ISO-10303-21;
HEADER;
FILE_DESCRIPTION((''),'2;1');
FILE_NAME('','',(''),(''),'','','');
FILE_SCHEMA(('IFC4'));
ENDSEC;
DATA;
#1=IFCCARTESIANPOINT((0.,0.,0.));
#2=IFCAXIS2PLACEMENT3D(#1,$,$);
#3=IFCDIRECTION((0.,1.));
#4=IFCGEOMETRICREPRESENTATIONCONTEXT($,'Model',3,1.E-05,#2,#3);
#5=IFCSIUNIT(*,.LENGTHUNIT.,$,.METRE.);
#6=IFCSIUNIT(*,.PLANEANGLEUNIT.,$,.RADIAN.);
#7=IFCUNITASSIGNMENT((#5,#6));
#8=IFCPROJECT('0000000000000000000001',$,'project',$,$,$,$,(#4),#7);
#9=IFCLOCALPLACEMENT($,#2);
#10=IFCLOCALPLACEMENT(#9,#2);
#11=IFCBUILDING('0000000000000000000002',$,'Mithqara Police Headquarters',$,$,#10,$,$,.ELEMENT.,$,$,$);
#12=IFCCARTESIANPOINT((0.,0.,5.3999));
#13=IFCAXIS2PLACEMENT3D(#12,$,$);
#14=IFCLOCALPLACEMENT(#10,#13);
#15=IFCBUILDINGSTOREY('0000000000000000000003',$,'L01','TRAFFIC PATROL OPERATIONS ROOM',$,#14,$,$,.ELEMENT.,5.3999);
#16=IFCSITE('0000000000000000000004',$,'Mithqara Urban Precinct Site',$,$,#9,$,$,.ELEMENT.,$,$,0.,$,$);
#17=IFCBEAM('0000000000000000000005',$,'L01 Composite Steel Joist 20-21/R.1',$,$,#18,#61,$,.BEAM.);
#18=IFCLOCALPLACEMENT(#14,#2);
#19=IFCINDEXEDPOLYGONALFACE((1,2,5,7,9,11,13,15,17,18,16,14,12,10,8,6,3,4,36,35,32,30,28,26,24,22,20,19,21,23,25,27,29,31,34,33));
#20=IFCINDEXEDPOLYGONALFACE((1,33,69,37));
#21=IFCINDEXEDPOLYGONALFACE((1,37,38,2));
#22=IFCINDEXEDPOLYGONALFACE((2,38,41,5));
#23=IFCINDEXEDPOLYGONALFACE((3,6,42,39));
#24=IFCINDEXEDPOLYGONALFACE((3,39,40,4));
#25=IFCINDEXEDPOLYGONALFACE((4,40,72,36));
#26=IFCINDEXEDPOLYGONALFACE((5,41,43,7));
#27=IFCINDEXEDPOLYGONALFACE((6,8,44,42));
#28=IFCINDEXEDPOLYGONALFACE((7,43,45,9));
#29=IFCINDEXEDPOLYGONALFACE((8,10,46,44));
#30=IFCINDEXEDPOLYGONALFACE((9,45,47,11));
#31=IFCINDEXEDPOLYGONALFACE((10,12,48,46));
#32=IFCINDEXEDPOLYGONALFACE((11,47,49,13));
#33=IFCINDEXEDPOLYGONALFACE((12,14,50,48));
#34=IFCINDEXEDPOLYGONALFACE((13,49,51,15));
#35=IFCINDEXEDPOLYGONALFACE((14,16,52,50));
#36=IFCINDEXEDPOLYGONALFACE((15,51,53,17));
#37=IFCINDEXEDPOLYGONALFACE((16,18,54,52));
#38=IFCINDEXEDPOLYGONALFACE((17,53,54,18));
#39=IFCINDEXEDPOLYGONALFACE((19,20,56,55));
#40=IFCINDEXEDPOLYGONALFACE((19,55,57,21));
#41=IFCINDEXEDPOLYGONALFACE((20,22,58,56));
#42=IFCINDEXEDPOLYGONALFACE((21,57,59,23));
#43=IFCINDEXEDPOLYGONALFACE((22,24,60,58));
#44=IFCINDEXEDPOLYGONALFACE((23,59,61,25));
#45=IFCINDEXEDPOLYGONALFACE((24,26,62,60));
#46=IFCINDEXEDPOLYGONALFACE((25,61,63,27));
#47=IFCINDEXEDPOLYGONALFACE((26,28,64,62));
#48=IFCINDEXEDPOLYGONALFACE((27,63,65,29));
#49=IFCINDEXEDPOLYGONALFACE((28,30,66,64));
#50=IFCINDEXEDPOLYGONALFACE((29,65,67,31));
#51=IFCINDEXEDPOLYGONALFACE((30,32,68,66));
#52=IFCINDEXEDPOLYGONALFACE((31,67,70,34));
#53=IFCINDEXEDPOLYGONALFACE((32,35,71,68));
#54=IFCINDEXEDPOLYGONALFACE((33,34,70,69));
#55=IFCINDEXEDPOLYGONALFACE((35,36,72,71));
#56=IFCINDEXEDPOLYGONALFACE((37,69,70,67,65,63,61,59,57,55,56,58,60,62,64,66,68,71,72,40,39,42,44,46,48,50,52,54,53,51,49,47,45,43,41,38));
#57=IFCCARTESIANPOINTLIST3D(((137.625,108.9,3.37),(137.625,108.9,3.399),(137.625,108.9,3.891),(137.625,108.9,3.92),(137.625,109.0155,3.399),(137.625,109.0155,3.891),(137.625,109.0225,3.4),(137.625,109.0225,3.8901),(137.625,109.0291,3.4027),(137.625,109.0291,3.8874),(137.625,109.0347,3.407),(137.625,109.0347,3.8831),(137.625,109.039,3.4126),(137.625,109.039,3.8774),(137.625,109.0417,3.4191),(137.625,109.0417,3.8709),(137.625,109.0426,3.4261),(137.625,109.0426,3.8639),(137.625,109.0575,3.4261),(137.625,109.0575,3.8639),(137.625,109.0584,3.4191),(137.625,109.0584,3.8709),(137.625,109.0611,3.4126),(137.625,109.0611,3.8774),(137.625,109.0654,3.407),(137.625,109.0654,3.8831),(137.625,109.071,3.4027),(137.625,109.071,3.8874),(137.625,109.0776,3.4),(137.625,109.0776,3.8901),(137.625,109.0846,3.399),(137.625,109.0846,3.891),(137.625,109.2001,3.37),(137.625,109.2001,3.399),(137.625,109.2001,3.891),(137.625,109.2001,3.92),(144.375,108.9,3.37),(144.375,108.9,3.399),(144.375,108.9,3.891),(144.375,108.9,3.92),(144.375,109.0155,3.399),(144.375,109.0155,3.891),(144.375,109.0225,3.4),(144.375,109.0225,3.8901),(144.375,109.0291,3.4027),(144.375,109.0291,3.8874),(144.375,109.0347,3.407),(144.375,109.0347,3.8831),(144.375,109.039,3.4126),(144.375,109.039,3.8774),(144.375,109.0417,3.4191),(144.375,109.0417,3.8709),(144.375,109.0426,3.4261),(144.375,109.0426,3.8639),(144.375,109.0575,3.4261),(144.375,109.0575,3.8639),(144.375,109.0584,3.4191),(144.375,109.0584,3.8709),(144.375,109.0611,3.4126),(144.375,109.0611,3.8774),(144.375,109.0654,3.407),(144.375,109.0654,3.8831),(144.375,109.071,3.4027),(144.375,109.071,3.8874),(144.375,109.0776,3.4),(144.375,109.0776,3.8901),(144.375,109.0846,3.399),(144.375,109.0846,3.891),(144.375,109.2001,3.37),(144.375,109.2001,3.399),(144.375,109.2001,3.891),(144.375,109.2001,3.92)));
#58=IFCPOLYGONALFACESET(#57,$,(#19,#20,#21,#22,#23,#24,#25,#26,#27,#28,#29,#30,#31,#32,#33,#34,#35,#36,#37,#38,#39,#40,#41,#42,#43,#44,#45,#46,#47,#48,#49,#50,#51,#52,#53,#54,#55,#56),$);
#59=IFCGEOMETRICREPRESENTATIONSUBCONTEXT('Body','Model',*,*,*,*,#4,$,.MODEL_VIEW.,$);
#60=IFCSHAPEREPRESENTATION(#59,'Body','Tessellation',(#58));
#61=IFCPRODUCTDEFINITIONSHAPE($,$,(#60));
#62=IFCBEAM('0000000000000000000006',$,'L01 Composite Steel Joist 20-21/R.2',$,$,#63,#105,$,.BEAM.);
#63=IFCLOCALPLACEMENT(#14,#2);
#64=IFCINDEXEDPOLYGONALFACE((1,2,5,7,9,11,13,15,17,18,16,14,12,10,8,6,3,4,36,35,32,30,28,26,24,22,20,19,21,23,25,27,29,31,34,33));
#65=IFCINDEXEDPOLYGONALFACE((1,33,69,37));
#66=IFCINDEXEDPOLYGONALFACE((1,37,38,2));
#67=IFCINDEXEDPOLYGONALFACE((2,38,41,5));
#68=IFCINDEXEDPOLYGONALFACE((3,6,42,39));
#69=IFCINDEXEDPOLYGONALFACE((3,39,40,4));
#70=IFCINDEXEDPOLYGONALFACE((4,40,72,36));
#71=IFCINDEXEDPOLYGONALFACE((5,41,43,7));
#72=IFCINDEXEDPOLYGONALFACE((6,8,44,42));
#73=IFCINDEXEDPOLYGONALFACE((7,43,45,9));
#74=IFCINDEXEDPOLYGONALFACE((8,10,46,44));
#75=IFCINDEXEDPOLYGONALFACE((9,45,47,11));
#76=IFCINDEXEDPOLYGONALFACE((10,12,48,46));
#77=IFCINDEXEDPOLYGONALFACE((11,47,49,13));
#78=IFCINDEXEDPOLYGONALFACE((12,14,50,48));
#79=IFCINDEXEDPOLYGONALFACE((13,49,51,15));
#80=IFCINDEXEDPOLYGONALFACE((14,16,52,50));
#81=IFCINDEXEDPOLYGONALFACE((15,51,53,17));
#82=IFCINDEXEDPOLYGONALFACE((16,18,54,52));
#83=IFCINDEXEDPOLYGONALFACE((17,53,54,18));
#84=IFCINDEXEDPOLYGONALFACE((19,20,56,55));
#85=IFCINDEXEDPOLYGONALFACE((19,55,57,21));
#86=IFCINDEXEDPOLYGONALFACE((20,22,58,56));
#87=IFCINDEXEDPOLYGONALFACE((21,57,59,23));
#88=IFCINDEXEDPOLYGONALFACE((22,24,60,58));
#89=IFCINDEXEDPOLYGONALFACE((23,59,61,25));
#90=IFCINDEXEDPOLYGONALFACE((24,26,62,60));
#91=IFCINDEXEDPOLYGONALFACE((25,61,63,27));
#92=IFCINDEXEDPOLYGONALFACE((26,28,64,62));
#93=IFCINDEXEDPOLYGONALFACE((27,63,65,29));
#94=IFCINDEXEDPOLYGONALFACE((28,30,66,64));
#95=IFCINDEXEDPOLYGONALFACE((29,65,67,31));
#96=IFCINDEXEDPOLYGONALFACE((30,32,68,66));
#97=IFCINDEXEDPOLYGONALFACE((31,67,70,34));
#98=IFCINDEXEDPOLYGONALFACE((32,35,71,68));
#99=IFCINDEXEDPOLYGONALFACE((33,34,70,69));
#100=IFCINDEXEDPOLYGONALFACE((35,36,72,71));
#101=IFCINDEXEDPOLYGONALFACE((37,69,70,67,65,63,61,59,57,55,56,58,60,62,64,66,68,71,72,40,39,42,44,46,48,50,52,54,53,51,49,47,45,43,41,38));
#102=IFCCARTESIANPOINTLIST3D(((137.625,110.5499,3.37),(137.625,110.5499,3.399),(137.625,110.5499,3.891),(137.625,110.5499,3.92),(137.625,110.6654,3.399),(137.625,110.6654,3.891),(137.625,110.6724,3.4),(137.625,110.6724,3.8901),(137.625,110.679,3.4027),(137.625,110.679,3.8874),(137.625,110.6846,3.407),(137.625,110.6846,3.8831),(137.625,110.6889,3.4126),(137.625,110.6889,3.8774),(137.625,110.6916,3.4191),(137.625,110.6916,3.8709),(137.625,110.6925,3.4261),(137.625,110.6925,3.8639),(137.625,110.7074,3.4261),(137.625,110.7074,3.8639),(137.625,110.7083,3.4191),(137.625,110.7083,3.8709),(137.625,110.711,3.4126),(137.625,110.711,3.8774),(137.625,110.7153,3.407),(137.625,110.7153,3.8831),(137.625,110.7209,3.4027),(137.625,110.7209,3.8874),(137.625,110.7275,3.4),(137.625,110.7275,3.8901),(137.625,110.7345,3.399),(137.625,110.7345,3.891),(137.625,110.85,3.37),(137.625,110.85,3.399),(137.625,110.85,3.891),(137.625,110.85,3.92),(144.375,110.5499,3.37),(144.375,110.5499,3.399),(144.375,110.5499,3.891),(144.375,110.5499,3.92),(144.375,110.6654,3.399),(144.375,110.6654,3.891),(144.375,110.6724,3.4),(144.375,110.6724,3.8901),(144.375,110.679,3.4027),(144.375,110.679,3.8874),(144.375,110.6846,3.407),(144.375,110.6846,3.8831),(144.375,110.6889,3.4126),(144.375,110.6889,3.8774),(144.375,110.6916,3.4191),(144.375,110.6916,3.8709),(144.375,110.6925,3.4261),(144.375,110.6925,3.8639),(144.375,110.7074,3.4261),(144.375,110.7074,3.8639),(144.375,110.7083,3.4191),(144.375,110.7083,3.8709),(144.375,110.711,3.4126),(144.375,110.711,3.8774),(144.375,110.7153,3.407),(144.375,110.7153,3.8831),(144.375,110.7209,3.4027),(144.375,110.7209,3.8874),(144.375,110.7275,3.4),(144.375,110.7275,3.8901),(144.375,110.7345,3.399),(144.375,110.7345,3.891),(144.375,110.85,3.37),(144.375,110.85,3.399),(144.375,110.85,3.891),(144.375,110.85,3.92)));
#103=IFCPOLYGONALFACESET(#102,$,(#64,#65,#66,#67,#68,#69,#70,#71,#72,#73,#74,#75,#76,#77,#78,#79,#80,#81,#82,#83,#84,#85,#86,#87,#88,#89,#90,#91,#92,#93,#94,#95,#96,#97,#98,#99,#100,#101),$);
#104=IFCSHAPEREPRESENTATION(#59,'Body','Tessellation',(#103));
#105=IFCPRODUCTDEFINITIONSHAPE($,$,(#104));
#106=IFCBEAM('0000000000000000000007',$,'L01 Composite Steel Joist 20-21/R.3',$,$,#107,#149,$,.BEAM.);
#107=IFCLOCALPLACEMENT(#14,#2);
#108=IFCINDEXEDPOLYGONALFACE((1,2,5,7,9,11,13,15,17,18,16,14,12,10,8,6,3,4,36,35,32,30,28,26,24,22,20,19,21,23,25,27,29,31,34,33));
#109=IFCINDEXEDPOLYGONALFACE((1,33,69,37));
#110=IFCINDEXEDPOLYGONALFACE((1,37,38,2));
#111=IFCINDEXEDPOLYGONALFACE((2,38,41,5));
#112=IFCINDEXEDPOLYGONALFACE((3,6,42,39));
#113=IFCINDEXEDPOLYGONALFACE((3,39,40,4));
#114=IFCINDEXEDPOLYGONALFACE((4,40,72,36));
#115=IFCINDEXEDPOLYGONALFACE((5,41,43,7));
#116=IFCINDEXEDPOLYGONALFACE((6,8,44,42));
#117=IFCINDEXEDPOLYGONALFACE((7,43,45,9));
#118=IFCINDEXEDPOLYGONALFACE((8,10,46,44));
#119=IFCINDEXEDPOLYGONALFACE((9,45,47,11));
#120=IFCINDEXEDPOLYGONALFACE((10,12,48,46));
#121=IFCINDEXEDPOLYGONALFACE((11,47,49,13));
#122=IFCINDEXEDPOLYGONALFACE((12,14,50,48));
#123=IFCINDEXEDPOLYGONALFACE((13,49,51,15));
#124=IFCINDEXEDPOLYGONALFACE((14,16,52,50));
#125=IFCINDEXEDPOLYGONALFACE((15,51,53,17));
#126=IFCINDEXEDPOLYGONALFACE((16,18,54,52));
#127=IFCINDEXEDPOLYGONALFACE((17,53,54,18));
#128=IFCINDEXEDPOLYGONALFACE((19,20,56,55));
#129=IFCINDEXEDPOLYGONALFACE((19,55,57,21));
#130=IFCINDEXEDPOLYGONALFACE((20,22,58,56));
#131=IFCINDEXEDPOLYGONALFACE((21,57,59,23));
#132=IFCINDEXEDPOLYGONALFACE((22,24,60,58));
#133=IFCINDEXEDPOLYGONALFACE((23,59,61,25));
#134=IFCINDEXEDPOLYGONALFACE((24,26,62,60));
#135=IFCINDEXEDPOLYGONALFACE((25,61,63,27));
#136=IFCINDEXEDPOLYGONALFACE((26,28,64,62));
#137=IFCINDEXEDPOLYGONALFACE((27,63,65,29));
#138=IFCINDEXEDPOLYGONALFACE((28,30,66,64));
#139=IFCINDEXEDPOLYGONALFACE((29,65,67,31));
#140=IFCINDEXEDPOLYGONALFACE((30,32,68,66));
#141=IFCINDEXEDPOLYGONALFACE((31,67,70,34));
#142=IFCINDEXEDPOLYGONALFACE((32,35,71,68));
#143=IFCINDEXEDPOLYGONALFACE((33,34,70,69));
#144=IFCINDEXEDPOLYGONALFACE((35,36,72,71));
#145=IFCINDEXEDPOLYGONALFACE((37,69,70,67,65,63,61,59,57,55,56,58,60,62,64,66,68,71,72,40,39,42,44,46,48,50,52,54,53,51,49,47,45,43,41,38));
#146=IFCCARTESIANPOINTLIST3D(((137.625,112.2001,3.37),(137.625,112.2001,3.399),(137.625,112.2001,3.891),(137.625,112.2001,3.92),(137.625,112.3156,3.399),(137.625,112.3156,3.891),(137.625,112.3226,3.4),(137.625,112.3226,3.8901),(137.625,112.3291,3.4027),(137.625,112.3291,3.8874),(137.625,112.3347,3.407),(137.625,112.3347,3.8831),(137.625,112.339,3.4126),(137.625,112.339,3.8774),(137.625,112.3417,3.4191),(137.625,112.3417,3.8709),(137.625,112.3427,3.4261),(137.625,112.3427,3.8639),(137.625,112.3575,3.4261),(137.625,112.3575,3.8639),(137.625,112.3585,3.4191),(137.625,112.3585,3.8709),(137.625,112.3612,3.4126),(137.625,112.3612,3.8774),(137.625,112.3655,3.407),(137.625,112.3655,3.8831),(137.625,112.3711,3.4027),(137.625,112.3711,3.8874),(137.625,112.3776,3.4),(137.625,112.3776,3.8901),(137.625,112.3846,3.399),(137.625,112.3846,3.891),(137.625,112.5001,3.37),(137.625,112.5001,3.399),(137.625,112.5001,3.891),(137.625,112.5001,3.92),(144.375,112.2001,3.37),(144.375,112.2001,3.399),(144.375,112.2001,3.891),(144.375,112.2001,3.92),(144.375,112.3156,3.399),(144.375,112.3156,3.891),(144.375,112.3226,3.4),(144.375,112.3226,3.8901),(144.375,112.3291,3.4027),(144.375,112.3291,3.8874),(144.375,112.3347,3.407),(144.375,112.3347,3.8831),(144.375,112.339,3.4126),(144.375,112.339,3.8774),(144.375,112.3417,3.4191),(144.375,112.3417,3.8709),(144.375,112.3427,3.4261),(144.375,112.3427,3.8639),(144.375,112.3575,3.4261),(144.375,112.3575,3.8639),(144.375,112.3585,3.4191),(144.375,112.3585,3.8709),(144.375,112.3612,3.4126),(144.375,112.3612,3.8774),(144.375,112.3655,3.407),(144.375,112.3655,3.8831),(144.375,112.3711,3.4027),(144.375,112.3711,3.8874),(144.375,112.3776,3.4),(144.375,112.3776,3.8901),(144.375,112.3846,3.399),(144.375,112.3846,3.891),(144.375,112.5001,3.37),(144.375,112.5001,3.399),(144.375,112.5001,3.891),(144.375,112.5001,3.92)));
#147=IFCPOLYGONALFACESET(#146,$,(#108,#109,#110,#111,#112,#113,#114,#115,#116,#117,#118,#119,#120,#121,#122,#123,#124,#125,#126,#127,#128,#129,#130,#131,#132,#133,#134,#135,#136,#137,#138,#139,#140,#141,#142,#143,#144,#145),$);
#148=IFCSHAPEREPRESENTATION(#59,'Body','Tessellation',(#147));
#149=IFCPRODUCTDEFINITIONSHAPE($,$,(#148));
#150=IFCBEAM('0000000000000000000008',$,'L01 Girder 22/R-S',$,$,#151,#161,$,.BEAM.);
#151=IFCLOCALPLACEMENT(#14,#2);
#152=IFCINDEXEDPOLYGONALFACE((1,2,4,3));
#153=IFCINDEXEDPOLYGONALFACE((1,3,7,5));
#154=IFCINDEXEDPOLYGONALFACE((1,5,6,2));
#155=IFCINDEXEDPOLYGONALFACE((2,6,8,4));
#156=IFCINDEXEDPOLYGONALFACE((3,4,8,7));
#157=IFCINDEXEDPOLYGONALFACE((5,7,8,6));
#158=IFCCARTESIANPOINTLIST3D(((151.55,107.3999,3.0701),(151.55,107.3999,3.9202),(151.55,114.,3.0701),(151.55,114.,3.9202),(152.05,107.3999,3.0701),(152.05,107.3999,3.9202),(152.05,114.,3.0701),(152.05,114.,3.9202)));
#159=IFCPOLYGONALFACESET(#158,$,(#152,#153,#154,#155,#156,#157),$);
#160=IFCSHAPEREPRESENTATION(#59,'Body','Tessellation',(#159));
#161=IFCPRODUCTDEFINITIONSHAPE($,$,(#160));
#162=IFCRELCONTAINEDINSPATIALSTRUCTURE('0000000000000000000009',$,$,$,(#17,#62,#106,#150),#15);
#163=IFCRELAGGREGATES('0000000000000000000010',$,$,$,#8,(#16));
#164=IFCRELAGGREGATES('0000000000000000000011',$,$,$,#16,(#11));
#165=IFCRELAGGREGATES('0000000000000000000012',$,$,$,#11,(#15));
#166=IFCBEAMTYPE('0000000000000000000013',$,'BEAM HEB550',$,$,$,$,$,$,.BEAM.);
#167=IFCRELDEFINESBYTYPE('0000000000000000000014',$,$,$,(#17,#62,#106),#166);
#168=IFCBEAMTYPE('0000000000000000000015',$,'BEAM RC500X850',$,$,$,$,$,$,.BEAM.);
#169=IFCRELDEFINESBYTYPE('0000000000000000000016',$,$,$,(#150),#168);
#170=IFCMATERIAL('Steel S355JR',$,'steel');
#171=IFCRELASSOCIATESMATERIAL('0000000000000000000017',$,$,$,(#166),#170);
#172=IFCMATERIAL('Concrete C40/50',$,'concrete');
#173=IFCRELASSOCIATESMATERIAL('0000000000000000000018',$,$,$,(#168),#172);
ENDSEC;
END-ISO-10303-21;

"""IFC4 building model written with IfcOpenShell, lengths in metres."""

from ifc_helpers import new_model, si_unit, direction, frame, origin, origin_2d, place, context, subcontext, project, spatial, rectangle, i_section, extrude, material, material_profile, profile_set, type_object, element, save


model = new_model("IFC4")

# Units and contexts
model_context = context("Model", 3, precision=1e-05, world=origin(), true_north=direction((0.0, 1.0)))
body_context = subcontext(model_context, "Body", "Model", "MODEL_VIEW")
ifc_project = project(units=[si_unit("LENGTHUNIT", "METRE"), si_unit("PLANEANGLEUNIT", "RADIAN")], contexts=[model_context])

# Site, building, storey
site_placement = place(None, origin())
site = spatial("IfcSite", under=ifc_project, at=site_placement, Name="Mithqara Urban Precinct Site", CompositionType="ELEMENT", RefElevation=0.0)
building_placement = place(site_placement, origin())
building = spatial("IfcBuilding", under=site, at=building_placement, Name="Mithqara Police Headquarters", CompositionType="ELEMENT")
storey_placement = place(building_placement, frame((0.0, 0.0, 5.3999)))
storey = spatial("IfcBuildingStorey", under=building, at=storey_placement, Name="L01", Description="TRAFFIC PATROL OPERATIONS ROOM", CompositionType="ELEMENT", Elevation=5.3999)

# Beams
ifc_material_1 = material(Name="Steel S355JR", Category="steel")
ifc_material_profile_1 = material_profile(ifc_material_1, i_section(OverallWidth=0.3, OverallDepth=0.55, WebThickness=0.0149, FlangeThickness=0.0291, FilletRadius=0.0271, at=origin_2d()), Name="HEB 550")
ifc_profile_set_1 = profile_set([ifc_material_profile_1], Name="Steel S355JR")
beam_type_1 = type_object("IfcBeamType", Name="BEAM HEB550", PredefinedType="BEAM", material=ifc_profile_set_1)
for number, where, z_axis, x_axis, name in (
    (1, (137.625, 109.05, 3.645), (1.0, 0.0, 0.0), (0.0, 1.0, 0.0), "L01 Composite Steel Joist 20-21/R.1"),
    (2, (137.625, 110.7, 3.645), (1.0, 0.0, 0.0), (0.0, 1.0, 0.0), "L01 Composite Steel Joist 20-21/R.2"),
    (3, (137.625, 112.3501, 3.645), (1.0, 0.0, 0.0), (0.0, 1.0, 0.0), "L01 Composite Steel Joist 20-21/R.3"),
):
    element("IfcBeam", number, at=place(storey_placement, frame(where, z_axis=z_axis, x_axis=x_axis)), inside=storey, type_object=beam_type_1, Name=name, PredefinedType="BEAM", context=body_context, shape_type="SweptSolid", body=[
        extrude(i_section(OverallWidth=0.3, OverallDepth=0.55, WebThickness=0.0149, FlangeThickness=0.0291, FilletRadius=0.0271, at=origin_2d()), origin(), (0.0, 0.0, 1.0), 6.75),
    ])
ifc_material_2 = material(Name="Concrete C40/50", Category="concrete")
ifc_material_profile_2 = material_profile(ifc_material_2, rectangle(XDim=0.5, YDim=0.8501, at=origin_2d()), Name="RC 500x850")
ifc_profile_set_2 = profile_set([ifc_material_profile_2], Name="Concrete C40/50")
beam_type_2 = type_object("IfcBeamType", Name="BEAM RC500X850", PredefinedType="BEAM", material=ifc_profile_set_2)
beam_1_placement = place(storey_placement, frame((151.8, 107.3999, 3.4951), z_axis=(0.0, 1.0, 0.0), x_axis=(-1.0, 0.0, 0.0)))
element("IfcBeam", 4, at=beam_1_placement, inside=storey, type_object=beam_type_2, Name="L01 Girder 22/R-S", PredefinedType="BEAM", context=body_context, shape_type="SweptSolid", body=[
    extrude(rectangle(XDim=0.5, YDim=0.8501, at=origin_2d()), origin(), (0.0, 0.0, 1.0), 6.6001),
])

save(model, "model.ifc")
